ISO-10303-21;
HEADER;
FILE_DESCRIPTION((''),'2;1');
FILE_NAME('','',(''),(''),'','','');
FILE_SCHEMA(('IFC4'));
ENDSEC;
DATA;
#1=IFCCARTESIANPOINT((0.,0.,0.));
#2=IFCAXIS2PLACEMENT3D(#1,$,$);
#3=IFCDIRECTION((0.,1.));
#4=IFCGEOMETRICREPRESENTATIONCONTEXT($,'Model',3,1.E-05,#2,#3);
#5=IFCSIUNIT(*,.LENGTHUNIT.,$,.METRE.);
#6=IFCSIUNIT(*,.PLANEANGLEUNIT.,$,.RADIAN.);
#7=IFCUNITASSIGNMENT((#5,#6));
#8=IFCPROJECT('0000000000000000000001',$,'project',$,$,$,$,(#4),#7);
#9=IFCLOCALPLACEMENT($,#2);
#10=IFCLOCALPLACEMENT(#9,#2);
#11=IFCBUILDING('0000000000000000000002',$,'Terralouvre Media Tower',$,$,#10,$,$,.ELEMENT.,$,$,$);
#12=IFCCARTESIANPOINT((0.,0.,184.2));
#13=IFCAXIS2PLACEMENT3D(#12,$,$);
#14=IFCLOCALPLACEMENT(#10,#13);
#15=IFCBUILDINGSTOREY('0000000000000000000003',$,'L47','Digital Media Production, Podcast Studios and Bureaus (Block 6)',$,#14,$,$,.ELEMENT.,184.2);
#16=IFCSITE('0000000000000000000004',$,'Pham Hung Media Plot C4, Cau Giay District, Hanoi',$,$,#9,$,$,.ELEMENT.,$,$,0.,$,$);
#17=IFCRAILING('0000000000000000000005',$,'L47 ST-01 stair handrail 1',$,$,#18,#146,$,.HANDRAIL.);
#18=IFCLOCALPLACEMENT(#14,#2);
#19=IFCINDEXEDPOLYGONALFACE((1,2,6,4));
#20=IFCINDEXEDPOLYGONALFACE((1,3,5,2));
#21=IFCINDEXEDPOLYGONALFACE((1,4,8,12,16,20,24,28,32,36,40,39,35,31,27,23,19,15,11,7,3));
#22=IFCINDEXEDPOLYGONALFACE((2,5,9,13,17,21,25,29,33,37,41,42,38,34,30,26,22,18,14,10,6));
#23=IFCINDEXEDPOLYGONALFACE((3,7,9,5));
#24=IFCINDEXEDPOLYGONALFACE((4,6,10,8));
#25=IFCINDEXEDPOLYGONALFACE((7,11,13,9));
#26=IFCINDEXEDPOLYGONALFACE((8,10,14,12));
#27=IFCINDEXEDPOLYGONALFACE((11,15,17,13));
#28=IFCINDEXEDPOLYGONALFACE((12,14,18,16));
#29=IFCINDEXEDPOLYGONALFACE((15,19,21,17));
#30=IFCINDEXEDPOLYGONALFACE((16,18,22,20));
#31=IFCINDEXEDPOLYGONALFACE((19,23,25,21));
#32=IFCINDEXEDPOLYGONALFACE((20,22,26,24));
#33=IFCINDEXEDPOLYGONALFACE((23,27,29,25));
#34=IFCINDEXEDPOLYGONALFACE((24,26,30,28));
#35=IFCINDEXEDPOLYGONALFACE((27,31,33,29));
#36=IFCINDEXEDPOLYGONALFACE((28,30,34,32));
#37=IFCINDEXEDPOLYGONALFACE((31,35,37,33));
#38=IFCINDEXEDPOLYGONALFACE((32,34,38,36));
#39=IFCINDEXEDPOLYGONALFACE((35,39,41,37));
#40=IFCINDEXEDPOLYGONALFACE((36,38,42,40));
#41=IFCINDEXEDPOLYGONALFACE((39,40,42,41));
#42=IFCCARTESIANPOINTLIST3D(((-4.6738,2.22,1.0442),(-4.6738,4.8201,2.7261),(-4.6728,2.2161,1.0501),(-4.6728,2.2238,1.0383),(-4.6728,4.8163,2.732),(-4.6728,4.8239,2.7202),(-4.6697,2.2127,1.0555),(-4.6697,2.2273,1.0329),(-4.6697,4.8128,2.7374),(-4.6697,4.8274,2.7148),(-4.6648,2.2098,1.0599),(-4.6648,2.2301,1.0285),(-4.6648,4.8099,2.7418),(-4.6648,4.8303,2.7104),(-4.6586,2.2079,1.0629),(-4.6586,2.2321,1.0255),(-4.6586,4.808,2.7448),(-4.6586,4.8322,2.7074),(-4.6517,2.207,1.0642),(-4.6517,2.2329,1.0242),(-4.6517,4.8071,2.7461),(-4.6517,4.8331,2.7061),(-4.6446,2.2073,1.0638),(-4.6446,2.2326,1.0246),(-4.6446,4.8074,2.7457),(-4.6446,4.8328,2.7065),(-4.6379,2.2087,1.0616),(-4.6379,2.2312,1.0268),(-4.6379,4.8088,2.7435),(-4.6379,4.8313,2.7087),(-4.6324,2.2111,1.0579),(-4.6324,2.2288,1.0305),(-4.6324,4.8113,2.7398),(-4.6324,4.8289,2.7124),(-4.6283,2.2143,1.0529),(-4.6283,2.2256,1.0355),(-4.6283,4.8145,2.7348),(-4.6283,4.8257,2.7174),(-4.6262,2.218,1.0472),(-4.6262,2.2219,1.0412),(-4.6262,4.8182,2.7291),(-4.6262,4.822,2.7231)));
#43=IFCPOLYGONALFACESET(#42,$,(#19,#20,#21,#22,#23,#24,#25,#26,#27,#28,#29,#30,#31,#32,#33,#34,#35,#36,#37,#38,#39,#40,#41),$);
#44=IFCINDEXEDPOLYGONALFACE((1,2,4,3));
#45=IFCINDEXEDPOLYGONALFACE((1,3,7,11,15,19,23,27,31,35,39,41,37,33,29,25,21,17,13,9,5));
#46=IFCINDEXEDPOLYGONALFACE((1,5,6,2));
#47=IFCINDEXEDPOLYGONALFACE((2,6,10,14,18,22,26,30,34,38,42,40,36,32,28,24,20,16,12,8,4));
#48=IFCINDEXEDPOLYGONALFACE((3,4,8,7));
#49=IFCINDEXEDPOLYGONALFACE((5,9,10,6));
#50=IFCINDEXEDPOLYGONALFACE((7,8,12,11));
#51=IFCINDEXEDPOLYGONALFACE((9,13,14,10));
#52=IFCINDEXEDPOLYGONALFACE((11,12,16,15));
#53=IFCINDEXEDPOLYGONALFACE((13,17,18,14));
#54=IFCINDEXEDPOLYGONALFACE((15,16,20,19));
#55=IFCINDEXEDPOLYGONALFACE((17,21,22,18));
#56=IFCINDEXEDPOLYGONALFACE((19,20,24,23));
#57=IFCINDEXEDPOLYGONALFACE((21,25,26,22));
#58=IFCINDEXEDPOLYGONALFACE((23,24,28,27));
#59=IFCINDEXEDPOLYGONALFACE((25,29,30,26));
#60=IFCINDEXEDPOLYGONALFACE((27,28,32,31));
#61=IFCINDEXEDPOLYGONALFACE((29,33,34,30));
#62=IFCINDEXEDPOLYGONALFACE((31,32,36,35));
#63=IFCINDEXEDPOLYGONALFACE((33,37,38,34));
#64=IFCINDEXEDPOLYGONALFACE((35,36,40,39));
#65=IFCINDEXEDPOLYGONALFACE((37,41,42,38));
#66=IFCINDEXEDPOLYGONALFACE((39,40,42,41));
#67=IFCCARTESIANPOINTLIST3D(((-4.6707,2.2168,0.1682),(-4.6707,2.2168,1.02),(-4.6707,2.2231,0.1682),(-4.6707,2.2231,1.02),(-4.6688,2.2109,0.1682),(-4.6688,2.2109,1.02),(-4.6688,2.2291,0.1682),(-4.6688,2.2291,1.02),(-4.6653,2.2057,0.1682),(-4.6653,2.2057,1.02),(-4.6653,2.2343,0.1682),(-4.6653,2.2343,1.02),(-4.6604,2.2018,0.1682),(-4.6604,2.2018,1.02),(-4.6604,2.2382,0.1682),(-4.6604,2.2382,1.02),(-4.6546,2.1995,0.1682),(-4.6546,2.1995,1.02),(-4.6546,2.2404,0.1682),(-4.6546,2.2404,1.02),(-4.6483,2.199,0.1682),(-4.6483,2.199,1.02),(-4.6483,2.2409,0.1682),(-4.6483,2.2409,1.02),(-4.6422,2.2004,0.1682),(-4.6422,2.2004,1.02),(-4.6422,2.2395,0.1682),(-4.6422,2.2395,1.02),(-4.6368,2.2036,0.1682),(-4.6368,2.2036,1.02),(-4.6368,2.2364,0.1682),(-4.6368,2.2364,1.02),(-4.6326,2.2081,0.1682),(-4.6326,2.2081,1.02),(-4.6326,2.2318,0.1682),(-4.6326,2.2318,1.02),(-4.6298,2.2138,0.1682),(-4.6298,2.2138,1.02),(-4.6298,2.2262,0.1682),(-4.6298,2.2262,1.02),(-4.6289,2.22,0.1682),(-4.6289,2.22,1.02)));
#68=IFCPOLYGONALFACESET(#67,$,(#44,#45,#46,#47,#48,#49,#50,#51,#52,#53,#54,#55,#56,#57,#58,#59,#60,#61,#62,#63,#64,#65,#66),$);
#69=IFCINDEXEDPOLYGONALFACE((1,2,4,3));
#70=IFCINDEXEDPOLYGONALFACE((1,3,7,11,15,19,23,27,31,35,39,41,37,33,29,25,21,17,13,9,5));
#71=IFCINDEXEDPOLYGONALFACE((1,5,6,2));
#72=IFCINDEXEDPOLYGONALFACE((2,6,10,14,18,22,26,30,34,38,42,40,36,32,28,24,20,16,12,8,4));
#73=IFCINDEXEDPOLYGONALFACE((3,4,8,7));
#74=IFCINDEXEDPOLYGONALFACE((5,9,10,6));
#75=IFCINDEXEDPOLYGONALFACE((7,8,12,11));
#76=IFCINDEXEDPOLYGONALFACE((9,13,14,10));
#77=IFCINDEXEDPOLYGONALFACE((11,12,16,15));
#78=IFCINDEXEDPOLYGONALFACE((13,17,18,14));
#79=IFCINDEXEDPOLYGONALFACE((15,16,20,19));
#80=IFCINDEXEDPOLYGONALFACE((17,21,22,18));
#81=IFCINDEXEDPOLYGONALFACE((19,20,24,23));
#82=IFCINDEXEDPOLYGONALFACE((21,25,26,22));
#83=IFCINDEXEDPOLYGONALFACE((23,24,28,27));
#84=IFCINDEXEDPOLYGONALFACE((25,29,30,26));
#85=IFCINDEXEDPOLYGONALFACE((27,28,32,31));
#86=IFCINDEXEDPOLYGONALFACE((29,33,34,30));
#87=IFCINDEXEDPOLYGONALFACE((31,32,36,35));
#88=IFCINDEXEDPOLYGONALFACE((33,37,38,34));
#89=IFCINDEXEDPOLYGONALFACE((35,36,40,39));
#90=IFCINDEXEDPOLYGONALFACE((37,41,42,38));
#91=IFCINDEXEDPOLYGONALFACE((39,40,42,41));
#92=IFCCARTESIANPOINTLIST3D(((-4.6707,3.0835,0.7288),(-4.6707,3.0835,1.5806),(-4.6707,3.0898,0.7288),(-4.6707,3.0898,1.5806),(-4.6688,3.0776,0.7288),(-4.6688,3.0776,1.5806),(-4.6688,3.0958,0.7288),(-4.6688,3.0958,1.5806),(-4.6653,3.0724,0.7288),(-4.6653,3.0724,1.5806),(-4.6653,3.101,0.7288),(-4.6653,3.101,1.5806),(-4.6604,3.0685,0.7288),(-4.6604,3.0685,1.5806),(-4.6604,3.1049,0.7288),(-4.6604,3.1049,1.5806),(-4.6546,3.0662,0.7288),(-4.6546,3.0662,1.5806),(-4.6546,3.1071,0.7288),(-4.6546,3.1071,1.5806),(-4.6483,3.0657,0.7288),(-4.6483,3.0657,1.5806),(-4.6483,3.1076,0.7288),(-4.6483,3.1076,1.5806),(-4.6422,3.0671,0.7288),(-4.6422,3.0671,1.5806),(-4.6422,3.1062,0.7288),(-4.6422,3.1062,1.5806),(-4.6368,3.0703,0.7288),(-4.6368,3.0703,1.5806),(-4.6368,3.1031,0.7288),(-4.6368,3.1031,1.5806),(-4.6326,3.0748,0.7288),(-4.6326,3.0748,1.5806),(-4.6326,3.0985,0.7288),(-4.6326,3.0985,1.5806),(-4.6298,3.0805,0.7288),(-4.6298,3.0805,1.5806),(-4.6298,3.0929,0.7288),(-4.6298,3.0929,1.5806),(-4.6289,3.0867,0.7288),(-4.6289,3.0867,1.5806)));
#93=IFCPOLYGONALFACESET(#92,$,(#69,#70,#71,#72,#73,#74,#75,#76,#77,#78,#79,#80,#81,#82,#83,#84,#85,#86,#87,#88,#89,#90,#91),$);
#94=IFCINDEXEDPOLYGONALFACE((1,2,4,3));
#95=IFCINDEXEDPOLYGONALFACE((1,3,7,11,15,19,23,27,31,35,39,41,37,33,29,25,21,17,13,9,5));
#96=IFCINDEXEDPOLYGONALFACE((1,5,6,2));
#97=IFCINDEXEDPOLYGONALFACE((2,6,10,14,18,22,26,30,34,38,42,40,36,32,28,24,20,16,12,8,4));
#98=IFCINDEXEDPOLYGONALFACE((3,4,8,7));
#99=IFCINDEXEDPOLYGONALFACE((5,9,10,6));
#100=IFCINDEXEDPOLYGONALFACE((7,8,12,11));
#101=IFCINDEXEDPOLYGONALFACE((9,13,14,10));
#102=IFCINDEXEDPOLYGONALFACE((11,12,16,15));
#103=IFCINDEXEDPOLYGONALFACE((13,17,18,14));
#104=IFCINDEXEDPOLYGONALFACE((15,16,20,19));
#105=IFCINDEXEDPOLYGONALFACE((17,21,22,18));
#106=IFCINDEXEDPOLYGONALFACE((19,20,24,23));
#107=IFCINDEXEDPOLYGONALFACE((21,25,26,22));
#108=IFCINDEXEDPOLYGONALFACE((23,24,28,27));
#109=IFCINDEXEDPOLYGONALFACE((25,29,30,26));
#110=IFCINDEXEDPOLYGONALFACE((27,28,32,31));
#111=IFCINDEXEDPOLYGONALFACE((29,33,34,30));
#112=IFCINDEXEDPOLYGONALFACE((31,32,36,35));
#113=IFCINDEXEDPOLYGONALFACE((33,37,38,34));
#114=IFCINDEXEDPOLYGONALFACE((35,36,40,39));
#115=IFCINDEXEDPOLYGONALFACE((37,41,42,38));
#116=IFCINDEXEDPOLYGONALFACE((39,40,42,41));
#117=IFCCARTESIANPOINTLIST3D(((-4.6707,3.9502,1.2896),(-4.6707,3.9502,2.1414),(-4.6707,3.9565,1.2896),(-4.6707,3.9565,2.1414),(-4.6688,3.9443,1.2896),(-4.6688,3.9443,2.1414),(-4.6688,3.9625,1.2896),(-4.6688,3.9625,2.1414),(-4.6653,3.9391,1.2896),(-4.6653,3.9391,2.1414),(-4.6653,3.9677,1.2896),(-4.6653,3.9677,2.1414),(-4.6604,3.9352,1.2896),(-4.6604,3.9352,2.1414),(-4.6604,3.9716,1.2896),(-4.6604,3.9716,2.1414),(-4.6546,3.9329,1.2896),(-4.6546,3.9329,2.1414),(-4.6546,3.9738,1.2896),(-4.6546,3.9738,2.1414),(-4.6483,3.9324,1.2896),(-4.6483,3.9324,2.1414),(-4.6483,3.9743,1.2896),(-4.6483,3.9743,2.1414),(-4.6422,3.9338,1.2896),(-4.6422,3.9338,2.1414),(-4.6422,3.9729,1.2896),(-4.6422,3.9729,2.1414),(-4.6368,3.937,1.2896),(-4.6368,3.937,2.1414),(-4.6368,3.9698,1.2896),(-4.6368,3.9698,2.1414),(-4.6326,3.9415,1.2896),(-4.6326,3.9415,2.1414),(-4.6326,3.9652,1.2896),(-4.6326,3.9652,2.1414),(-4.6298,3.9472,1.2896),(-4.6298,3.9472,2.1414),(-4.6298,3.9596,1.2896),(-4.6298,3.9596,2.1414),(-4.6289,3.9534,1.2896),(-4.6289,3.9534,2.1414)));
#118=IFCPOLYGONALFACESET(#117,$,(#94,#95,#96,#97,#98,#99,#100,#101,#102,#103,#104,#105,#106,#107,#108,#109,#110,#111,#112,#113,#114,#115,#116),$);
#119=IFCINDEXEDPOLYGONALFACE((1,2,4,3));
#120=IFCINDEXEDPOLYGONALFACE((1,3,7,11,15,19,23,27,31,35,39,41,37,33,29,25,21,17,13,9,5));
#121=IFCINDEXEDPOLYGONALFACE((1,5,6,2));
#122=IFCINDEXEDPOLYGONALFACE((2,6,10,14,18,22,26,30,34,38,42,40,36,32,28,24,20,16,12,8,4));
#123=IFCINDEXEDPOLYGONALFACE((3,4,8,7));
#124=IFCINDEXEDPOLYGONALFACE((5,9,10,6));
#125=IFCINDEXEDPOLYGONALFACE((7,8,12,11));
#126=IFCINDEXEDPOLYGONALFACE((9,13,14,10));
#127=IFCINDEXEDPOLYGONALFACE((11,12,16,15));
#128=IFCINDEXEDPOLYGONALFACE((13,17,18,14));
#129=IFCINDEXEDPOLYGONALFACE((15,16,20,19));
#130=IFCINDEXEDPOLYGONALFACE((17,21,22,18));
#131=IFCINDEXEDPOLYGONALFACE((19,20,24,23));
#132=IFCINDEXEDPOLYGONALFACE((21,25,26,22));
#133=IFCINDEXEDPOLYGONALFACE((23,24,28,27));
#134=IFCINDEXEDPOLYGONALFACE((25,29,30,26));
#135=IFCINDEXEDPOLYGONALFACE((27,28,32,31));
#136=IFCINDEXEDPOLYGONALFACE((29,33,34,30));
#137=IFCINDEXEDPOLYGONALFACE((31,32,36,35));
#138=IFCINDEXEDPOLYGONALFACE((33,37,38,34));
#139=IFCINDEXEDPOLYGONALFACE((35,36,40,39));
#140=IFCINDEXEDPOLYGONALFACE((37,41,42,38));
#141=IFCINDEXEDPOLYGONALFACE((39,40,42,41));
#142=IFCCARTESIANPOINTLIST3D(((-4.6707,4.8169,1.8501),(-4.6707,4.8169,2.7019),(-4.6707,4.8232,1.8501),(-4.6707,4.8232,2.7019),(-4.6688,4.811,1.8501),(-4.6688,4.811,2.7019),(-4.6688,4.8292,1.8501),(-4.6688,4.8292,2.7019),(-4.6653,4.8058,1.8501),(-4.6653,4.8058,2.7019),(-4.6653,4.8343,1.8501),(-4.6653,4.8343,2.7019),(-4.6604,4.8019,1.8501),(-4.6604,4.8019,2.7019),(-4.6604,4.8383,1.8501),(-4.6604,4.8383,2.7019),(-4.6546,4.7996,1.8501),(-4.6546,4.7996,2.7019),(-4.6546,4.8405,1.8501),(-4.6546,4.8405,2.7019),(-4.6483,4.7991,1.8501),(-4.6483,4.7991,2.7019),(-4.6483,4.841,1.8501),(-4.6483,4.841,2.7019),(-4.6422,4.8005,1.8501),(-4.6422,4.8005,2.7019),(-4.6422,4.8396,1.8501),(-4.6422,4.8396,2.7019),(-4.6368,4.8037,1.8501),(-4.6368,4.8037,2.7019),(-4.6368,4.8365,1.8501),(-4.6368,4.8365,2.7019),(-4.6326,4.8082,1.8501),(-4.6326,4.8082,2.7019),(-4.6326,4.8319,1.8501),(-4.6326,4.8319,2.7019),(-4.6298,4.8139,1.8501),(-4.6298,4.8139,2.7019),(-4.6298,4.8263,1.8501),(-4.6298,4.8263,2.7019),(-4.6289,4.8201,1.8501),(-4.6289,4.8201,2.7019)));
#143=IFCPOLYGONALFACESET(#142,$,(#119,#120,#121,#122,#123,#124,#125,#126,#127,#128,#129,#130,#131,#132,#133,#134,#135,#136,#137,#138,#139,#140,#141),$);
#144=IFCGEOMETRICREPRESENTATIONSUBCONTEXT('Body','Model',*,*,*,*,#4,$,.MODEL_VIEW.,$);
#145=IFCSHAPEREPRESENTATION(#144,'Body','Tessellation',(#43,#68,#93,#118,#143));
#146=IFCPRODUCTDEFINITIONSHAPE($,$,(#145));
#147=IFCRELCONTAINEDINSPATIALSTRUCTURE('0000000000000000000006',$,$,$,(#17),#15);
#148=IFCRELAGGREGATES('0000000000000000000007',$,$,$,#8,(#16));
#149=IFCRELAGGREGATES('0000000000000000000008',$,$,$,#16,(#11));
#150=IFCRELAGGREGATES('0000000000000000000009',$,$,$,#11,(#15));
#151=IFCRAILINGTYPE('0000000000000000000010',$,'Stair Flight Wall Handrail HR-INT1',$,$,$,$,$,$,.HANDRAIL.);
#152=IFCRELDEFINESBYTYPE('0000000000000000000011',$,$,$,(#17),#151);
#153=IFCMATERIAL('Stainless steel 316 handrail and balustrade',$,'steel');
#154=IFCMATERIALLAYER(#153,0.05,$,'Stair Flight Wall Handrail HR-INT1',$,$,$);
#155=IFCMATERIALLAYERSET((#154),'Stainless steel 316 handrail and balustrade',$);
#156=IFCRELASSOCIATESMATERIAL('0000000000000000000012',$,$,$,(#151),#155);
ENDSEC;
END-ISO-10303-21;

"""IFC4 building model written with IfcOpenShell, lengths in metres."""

from ifc_helpers import new_model, si_unit, direction, frame, origin, origin_2d, place, context, subcontext, project, spatial, circle, extrude, material, layer, layer_set, type_object, element, save


model = new_model("IFC4")

# Units and contexts
model_context = context("Model", 3, precision=1e-05, world=origin(), true_north=direction((0.0, 1.0)))
body_context = subcontext(model_context, "Body", "Model", "MODEL_VIEW")
ifc_project = project(units=[si_unit("LENGTHUNIT", "METRE"), si_unit("PLANEANGLEUNIT", "RADIAN")], contexts=[model_context])

# Site, building, storey
site_placement = place(None, origin())
site = spatial("IfcSite", under=ifc_project, at=site_placement, Name="Pham Hung Media Plot C4, Cau Giay District, Hanoi", CompositionType="ELEMENT", RefElevation=0.0)
building_placement = place(site_placement, origin())
building = spatial("IfcBuilding", under=site, at=building_placement, Name="Terralouvre Media Tower", CompositionType="ELEMENT")
storey_placement = place(building_placement, frame((0.0, 0.0, 184.2)))
storey = spatial("IfcBuildingStorey", under=building, at=storey_placement, Name="L47", Description="Digital Media Production, Podcast Studios and Bureaus (Block 6)", CompositionType="ELEMENT", Elevation=184.2)

# Railing
ifc_material_1 = material(Name="Stainless steel 316 handrail and balustrade", Category="steel")
ifc_layer_1 = layer(ifc_material_1, 0.05, Name="Stair Flight Wall Handrail HR-INT1")
ifc_layer_set_1 = layer_set([ifc_layer_1], Name="Stainless steel 316 handrail and balustrade")
railing_type_1 = type_object("IfcRailingType", Name="Stair Flight Wall Handrail HR-INT1", PredefinedType="HANDRAIL", material=ifc_layer_set_1)
railing_1_placement = place(storey_placement, frame((-4.6499, 2.22, 0.1682)))
element("IfcRailing", 1, at=railing_1_placement, inside=storey, type_object=railing_type_1, Name="L47 ST-01 stair handrail 1", PredefinedType="HANDRAIL", context=body_context, shape_type="SweptSolid", body=[
    extrude(circle(Radius=0.0239, at=origin_2d()), frame((0.0, 0.0, 0.876), z_axis=(0.0, 0.839648, 0.54313), x_axis=(-1.0, 0.0, 0.0)), (0.0, 0.0, 1.0), 3.0967),
    extrude(circle(Radius=0.021, at=origin_2d()), origin(), (0.0, 0.0, 1.0), 0.8518),
    extrude(circle(Radius=0.021, at=origin_2d()), frame((0.0, 0.8667, 0.5605)), (0.0, 0.0, 1.0), 0.8518),
    extrude(circle(Radius=0.021, at=origin_2d()), frame((0.0, 1.7334, 1.1213)), (0.0, 0.0, 1.0), 0.8518),
    extrude(circle(Radius=0.021, at=origin_2d()), frame((0.0, 2.6001, 1.6819)), (0.0, 0.0, 1.0), 0.8518),
])

save(model, "model.ifc")
